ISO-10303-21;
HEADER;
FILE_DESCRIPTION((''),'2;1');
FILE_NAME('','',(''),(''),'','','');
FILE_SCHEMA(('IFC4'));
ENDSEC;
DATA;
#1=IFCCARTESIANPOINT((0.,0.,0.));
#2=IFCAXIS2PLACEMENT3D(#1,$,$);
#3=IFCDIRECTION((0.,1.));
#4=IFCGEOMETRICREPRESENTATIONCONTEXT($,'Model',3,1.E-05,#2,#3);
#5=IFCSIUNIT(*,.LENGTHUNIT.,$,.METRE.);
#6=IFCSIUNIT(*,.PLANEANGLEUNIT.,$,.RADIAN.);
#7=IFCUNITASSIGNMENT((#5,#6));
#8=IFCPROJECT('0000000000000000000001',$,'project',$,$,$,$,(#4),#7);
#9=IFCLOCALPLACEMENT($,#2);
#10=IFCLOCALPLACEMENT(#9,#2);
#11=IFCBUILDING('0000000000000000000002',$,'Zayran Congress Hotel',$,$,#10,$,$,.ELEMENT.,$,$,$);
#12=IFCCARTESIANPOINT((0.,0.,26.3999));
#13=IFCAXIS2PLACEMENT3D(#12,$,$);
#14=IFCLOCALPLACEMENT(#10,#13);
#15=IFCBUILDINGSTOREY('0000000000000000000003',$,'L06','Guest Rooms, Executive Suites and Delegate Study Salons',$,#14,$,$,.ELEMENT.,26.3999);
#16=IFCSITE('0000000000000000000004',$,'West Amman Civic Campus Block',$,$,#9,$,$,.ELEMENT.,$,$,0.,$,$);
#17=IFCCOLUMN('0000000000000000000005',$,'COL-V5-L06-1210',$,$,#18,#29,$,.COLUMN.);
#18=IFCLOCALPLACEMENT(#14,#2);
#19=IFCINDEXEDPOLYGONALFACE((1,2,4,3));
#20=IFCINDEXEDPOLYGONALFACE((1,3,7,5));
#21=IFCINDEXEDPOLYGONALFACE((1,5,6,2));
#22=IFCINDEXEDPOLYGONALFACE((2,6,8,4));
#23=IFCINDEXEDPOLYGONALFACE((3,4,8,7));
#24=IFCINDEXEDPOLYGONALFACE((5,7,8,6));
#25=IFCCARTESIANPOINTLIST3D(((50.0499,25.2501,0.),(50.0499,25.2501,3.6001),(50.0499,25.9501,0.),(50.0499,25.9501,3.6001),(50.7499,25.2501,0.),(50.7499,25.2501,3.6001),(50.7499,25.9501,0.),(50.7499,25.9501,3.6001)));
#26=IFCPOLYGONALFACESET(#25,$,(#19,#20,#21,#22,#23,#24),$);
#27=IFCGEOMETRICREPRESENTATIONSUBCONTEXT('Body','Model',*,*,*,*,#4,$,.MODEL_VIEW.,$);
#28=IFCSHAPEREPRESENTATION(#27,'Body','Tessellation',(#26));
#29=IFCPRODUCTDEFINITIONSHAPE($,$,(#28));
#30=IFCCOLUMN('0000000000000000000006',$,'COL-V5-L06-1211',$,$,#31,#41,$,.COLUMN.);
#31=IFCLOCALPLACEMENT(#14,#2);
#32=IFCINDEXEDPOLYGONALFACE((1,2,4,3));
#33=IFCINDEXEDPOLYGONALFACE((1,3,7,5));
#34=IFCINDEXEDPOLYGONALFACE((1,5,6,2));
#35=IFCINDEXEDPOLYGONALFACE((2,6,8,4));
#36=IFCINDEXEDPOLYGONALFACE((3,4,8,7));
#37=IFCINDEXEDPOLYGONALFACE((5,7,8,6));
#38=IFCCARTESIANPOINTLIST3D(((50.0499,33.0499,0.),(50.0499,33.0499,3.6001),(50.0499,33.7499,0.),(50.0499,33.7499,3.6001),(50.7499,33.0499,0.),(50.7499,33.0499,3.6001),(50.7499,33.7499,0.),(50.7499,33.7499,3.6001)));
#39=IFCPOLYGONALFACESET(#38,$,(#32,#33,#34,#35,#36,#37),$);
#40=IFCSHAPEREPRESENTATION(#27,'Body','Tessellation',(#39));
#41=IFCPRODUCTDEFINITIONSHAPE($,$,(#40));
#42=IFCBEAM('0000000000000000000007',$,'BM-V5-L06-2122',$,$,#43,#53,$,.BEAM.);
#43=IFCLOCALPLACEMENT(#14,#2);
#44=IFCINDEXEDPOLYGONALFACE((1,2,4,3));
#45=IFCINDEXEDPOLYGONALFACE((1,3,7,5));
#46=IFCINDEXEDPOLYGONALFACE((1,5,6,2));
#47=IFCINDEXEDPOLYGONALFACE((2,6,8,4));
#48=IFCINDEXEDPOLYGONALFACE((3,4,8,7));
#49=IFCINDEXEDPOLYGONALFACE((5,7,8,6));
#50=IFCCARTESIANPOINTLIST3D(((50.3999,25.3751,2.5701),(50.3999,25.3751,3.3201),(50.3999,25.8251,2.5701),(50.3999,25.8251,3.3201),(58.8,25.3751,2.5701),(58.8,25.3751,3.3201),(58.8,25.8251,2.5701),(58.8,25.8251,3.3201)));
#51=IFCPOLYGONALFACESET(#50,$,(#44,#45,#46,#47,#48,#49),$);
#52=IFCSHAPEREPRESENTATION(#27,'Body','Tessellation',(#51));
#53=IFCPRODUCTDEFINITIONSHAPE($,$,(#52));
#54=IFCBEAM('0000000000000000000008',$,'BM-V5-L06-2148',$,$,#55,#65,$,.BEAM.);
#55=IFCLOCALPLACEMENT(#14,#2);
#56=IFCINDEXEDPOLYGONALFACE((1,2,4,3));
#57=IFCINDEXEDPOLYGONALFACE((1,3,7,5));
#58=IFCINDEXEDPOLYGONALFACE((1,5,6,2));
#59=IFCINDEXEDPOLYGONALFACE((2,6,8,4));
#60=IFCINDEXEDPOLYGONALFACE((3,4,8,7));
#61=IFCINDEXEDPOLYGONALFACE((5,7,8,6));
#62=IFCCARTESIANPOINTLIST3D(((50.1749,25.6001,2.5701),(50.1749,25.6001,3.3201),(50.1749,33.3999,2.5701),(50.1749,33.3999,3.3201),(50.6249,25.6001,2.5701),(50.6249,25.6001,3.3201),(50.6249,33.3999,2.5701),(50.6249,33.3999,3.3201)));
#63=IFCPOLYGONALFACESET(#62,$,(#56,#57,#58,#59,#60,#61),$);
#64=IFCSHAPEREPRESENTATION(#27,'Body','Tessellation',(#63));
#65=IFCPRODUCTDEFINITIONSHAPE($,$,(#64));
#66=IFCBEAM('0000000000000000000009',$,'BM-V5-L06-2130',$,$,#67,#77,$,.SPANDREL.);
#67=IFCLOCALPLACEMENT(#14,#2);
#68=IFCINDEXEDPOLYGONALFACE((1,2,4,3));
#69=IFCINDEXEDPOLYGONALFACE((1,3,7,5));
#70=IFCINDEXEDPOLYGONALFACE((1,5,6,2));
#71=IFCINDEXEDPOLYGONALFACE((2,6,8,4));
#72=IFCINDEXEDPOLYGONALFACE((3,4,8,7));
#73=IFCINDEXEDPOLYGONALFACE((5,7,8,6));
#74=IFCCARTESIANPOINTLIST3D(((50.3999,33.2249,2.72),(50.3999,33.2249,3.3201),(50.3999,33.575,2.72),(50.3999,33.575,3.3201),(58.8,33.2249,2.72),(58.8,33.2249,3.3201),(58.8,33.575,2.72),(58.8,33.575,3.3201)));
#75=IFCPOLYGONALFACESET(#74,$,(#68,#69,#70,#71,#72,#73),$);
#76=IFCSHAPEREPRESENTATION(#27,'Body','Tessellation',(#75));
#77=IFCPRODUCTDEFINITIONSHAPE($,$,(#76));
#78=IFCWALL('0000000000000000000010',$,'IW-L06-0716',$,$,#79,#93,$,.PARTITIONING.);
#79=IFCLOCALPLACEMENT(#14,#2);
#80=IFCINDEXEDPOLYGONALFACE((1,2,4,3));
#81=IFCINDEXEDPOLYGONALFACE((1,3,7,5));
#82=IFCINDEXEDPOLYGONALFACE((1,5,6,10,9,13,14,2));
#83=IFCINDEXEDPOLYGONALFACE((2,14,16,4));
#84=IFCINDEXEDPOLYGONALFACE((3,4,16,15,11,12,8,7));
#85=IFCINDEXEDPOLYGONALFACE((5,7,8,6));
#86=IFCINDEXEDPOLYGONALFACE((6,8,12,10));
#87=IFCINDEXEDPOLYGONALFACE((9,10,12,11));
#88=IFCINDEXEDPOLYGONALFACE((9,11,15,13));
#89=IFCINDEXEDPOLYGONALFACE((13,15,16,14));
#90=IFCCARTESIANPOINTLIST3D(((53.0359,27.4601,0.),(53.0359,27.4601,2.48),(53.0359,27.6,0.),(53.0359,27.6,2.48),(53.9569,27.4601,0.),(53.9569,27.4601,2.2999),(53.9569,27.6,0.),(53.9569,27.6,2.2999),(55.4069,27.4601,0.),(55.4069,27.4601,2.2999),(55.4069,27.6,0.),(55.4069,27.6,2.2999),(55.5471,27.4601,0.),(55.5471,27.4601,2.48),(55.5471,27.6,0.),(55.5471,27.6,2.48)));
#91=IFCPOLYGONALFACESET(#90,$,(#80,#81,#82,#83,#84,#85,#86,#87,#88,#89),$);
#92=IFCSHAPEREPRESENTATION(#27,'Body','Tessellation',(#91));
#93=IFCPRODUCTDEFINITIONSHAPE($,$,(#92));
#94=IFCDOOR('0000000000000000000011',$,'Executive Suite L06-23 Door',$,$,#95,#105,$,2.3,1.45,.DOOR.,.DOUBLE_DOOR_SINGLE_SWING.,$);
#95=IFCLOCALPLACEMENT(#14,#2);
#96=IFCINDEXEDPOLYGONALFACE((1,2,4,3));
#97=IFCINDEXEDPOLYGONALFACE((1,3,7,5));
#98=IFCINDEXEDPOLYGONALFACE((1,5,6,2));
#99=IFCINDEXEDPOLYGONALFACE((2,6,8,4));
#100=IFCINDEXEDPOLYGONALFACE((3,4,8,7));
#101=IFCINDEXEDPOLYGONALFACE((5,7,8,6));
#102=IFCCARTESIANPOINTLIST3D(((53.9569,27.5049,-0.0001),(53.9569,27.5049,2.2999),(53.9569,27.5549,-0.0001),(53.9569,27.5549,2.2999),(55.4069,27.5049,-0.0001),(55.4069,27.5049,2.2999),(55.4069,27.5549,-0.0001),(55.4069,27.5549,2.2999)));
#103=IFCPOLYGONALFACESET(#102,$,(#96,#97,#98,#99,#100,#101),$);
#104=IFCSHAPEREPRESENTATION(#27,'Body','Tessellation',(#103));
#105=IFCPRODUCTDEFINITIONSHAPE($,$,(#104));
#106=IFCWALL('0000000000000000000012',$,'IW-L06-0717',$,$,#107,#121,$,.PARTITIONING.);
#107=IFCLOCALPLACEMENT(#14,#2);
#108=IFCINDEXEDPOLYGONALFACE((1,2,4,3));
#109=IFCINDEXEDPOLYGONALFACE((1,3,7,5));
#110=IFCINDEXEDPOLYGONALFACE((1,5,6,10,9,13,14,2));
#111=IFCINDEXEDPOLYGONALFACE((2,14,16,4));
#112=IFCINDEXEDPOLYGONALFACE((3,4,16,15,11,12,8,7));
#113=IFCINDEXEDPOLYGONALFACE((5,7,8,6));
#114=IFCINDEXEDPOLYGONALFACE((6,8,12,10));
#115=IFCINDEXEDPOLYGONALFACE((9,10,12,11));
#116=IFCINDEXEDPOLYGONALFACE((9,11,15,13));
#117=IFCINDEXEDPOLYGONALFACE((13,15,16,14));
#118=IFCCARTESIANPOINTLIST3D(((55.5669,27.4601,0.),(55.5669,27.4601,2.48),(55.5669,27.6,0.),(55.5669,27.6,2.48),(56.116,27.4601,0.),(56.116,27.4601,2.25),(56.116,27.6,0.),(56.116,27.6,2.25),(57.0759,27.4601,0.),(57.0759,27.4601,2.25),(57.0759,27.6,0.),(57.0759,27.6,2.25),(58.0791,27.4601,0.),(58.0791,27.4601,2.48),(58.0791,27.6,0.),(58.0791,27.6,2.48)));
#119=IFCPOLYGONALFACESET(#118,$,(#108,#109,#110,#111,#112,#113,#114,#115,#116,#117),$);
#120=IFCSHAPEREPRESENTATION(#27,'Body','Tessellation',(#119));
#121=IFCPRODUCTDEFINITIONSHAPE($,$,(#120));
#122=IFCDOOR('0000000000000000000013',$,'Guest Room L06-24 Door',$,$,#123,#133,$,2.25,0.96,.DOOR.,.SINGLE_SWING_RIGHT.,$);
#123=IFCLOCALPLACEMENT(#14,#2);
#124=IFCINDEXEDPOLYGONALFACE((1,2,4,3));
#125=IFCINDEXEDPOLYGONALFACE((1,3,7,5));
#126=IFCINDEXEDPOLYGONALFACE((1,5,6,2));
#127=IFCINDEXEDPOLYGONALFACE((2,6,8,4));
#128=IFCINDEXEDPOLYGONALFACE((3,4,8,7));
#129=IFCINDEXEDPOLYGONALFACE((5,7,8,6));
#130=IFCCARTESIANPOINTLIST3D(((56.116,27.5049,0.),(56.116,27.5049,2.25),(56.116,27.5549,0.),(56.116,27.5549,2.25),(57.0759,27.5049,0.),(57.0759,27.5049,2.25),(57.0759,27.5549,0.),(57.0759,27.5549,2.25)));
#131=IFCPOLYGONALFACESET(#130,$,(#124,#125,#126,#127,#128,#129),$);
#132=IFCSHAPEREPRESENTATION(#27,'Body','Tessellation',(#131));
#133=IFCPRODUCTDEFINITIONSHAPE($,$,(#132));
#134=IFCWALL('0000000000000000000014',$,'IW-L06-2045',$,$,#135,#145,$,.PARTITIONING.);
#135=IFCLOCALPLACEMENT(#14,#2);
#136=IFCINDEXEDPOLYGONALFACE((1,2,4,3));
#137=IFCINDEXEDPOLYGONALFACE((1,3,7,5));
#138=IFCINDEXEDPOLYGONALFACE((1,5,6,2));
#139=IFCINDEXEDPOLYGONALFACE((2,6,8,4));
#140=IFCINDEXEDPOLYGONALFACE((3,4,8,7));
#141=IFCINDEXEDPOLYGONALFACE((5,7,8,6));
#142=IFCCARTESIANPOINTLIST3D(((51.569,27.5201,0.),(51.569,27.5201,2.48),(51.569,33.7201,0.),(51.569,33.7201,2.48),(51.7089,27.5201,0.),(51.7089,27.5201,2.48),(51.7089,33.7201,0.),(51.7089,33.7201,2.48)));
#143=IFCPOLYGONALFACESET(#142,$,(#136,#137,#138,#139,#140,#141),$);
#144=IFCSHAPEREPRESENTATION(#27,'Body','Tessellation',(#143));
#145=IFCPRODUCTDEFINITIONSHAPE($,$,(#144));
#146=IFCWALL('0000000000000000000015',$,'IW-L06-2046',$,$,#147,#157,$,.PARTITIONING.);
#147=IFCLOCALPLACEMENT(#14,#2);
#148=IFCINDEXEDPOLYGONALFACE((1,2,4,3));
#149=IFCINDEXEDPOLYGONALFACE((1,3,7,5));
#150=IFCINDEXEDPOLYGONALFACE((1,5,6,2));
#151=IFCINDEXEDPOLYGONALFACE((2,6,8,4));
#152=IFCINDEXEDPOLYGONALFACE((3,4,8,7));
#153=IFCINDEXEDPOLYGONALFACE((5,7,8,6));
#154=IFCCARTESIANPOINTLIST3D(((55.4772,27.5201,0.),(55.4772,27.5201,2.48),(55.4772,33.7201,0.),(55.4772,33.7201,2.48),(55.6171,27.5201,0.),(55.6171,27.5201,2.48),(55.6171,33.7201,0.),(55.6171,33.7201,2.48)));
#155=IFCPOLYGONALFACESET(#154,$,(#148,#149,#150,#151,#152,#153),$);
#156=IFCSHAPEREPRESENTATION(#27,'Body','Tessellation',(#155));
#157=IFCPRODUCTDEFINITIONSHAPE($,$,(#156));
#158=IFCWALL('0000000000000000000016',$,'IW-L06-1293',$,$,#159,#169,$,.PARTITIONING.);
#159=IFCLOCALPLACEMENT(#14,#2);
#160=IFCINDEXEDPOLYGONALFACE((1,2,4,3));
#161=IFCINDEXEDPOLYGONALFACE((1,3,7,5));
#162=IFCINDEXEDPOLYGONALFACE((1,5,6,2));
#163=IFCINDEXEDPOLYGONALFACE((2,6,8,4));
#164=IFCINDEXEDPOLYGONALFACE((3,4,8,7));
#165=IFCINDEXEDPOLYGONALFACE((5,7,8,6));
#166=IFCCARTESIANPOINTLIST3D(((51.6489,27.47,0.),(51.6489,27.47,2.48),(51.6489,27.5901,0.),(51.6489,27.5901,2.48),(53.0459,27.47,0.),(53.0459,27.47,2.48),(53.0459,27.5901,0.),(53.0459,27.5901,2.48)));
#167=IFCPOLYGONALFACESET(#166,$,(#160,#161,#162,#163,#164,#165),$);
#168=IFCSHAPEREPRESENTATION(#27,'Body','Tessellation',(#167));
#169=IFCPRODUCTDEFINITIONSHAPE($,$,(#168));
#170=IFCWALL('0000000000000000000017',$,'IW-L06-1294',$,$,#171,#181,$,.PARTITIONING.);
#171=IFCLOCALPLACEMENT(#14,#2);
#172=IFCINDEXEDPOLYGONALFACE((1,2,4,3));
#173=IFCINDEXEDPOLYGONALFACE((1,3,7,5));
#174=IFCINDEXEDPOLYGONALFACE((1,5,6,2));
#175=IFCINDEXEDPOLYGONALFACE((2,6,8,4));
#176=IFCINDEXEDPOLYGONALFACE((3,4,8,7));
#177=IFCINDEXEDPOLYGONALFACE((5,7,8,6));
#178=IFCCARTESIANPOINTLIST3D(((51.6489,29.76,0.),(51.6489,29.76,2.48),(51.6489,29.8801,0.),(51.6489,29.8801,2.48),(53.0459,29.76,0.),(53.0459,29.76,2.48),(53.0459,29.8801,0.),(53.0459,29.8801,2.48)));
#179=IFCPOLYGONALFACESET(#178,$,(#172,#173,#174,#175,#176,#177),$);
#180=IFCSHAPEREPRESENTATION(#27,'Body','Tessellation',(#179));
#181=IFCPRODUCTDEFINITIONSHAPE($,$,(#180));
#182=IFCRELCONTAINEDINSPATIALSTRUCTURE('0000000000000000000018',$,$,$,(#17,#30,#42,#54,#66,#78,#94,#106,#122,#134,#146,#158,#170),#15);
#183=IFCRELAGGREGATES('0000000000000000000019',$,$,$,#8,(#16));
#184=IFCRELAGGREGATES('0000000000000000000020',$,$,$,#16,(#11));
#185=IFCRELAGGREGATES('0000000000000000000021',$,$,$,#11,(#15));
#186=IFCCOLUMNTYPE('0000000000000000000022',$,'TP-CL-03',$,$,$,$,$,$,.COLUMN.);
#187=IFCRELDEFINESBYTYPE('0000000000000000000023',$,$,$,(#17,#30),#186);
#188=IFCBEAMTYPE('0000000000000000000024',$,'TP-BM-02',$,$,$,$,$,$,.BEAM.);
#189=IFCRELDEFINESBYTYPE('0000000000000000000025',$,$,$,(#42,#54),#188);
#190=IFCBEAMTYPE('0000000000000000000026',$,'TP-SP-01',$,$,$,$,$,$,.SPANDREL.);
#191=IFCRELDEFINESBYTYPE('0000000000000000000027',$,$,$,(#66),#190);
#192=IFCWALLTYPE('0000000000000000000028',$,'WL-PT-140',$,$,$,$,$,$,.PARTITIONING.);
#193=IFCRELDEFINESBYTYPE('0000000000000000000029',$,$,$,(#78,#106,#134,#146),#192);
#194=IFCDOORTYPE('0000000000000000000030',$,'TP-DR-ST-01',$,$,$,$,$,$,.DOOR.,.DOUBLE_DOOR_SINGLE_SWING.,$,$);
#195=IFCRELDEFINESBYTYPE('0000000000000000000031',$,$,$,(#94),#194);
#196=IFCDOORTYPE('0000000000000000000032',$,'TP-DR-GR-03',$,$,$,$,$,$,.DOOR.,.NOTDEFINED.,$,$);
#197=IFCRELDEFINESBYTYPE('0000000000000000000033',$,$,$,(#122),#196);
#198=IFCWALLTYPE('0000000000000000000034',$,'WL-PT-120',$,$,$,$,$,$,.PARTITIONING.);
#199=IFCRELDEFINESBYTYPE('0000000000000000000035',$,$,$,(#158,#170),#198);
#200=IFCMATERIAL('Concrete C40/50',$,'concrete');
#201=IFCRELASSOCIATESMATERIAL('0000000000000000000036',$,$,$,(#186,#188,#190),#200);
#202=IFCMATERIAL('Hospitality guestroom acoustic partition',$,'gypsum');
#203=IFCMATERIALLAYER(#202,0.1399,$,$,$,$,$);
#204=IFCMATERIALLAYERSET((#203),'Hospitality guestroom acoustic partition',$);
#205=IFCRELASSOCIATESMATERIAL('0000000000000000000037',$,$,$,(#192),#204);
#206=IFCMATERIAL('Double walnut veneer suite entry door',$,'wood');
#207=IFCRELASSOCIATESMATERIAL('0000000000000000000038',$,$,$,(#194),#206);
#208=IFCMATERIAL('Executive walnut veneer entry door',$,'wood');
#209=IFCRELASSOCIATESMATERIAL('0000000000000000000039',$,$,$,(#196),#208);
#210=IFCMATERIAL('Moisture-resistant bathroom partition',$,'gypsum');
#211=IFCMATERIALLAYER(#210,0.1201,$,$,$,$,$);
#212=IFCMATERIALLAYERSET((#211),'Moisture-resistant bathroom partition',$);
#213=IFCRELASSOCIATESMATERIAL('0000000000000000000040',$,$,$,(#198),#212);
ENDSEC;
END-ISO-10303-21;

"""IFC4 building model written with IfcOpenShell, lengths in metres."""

from ifc_helpers import new_model, si_unit, direction, frame, frame_2d, origin, origin_2d, place, context, subcontext, project, spatial, rectangle, extrude, material, layer, layer_set, material_profile, profile_set, type_object, element, fill, save


model = new_model("IFC4")

# Units and contexts
model_context = context("Model", 3, precision=1e-05, world=origin(), true_north=direction((0.0, 1.0)))
body_context = subcontext(model_context, "Body", "Model", "MODEL_VIEW")
ifc_project = project(units=[si_unit("LENGTHUNIT", "METRE"), si_unit("PLANEANGLEUNIT", "RADIAN")], contexts=[model_context])

# Site, building, storey
site_placement = place(None, origin())
site = spatial("IfcSite", under=ifc_project, at=site_placement, Name="West Amman Civic Campus Block", CompositionType="ELEMENT", RefElevation=0.0)
building_placement = place(site_placement, origin())
building = spatial("IfcBuilding", under=site, at=building_placement, Name="Zayran Congress Hotel", CompositionType="ELEMENT")
storey_placement = place(building_placement, frame((0.0, 0.0, 26.3999)))
storey = spatial("IfcBuildingStorey", under=building, at=storey_placement, Name="L06", Description="Guest Rooms, Executive Suites and Delegate Study Salons", CompositionType="ELEMENT", Elevation=26.3999)

# Columns
ifc_material_1 = material(Name="Concrete C40/50", Category="concrete")
ifc_material_profile_1 = material_profile(ifc_material_1, rectangle(XDim=0.7, YDim=0.7, at=origin_2d()), Name="RC 700x700")
ifc_profile_set_1 = profile_set([ifc_material_profile_1], Name="Concrete C40/50")
column_type = type_object("IfcColumnType", Name="TP-CL-03", PredefinedType="COLUMN", material=ifc_profile_set_1)
for number, where, z_axis, x_axis, name in (
    (1, (50.3999, 25.6001, 0.0), (0.0, 0.0, 1.0), (1.0, 0.0, 0.0), "COL-V5-L06-1210"),
    (2, (50.3999, 33.3999, 0.0), (0.0, 0.0, 1.0), (1.0, 0.0, 0.0), "COL-V5-L06-1211"),
):
    element("IfcColumn", number, at=place(storey_placement, frame(where, z_axis=z_axis, x_axis=x_axis)), inside=storey, type_object=column_type, Name=name, PredefinedType="COLUMN", context=body_context, shape_type="SweptSolid", body=[
        extrude(rectangle(XDim=0.7, YDim=0.7, at=origin_2d()), origin(), (0.0, 0.0, 1.0), 3.6001),
    ])

# Beams
ifc_material_profile_2 = material_profile(ifc_material_1, rectangle(XDim=0.45, YDim=0.75, at=origin_2d()), Name="RC 450x750")
ifc_profile_set_2 = profile_set([ifc_material_profile_2], Name="Concrete C40/50")
beam_type_1 = type_object("IfcBeamType", Name="TP-BM-02", PredefinedType="BEAM", material=ifc_profile_set_2)
beam_1_placement = place(storey_placement, frame((50.3999, 25.6001, 2.9451), z_axis=(1.0, 0.0, 0.0), x_axis=(0.0, 1.0, 0.0)))
element("IfcBeam", 3, at=beam_1_placement, inside=storey, type_object=beam_type_1, Name="BM-V5-L06-2122", PredefinedType="BEAM", context=body_context, shape_type="SweptSolid", body=[
    extrude(rectangle(XDim=0.45, YDim=0.75, at=origin_2d()), origin(), (0.0, 0.0, 1.0), 8.4001),
])
beam_2_placement = place(storey_placement, frame((50.3999, 25.6001, 2.9451), z_axis=(0.0, 1.0, 0.0), x_axis=(-1.0, 0.0, 0.0)))
element("IfcBeam", 4, at=beam_2_placement, inside=storey, type_object=beam_type_1, Name="BM-V5-L06-2148", PredefinedType="BEAM", context=body_context, shape_type="SweptSolid", body=[
    extrude(rectangle(XDim=0.45, YDim=0.75, at=origin_2d()), origin(), (0.0, 0.0, 1.0), 7.7998),
])
ifc_material_profile_3 = material_profile(ifc_material_1, rectangle(XDim=0.3501, YDim=0.6001, at=origin_2d()), Name="RC 350x600")
ifc_profile_set_3 = profile_set([ifc_material_profile_3], Name="Concrete C40/50")
beam_type_2 = type_object("IfcBeamType", Name="TP-SP-01", PredefinedType="SPANDREL", material=ifc_profile_set_3)
beam_3_placement = place(storey_placement, frame((50.3999, 33.3999, 3.02), z_axis=(1.0, 0.0, 0.0), x_axis=(0.0, 1.0, 0.0)))
element("IfcBeam", 5, at=beam_3_placement, inside=storey, type_object=beam_type_2, Name="BM-V5-L06-2130", PredefinedType="SPANDREL", context=body_context, shape_type="SweptSolid", body=[
    extrude(rectangle(XDim=0.3501, YDim=0.6001, at=origin_2d()), origin(), (0.0, 0.0, 1.0), 8.4001),
])

# Walls, openings, doors
ifc_material_2 = material(Name="Hospitality guestroom acoustic partition", Category="gypsum")
ifc_layer_1 = layer(ifc_material_2, 0.1399)
ifc_layer_set_1 = layer_set([ifc_layer_1], Name="Hospitality guestroom acoustic partition")
wall_type_1 = type_object("IfcWallType", Name="WL-PT-140", PredefinedType="PARTITIONING", material=ifc_layer_set_1)
wall_1_placement = place(storey_placement, frame((53.0359, 27.53, 0.0), z_axis=(0.0, 0.0, 1.0), x_axis=(1.0, 0.0, 0.0)))
wall_1 = element("IfcWall", 6, at=wall_1_placement, inside=storey, type_object=wall_type_1, Name="IW-L06-0716", PredefinedType="PARTITIONING", context=body_context, shape_type="SweptSolid", body=[
    extrude(rectangle(XDim=2.5112, YDim=0.1399, at=frame_2d((1.2556, 0.0))), origin(), (0.0, 0.0, 1.0), 2.48),
])
opening_1_placement = place(wall_1_placement, frame((0.9209, 0.0, 0.0)))
opening_1 = element("IfcOpeningElement", 7, at=opening_1_placement, cuts=wall_1, PredefinedType="OPENING", context=body_context, shape_type="SweptSolid", body=[
    extrude(rectangle(XDim=1.45, YDim=2.3, at=frame_2d((0.7251, 1.1499))), frame((0.0, 0.0798, 0.0), z_axis=(0.0, -1.0, 0.0), x_axis=(1.0, 0.0, 0.0)), (0.0, 0.0, 1.0), 0.1599),
])
ifc_material_3 = material(Name="Double walnut veneer suite entry door", Category="wood")
door_type_1 = type_object("IfcDoorType", Name="TP-DR-ST-01", OperationType="DOUBLE_DOOR_SINGLE_SWING", PredefinedType="DOOR", material=ifc_material_3)
door_1_placement = place(opening_1_placement, origin())
door_1 = element("IfcDoor", 8, at=door_1_placement, inside=storey, type_object=door_type_1, Name="Executive Suite L06-23 Door", OperationType="DOUBLE_DOOR_SINGLE_SWING", OverallHeight=2.3, OverallWidth=1.45, PredefinedType="DOOR", context=body_context, shape_type="SweptSolid", body=[
    extrude(rectangle(XDim=1.45, YDim=2.3, at=frame_2d((0.7251, 1.1499))), frame((0.0, 0.0249, 0.0), z_axis=(0.0, -1.0, 0.0), x_axis=(1.0, 0.0, 0.0)), (0.0, 0.0, 1.0), 0.05),
])
fill(opening_1, door_1)
wall_2_placement = place(storey_placement, frame((55.5669, 27.53, 0.0), z_axis=(0.0, 0.0, 1.0), x_axis=(1.0, 0.0, 0.0)))
wall_2 = element("IfcWall", 9, at=wall_2_placement, inside=storey, type_object=wall_type_1, Name="IW-L06-0717", PredefinedType="PARTITIONING", context=body_context, shape_type="SweptSolid", body=[
    extrude(rectangle(XDim=2.5122, YDim=0.1399, at=frame_2d((1.2561, 0.0))), origin(), (0.0, 0.0, 1.0), 2.48),
])
opening_2_placement = place(wall_2_placement, frame((0.5491, 0.0, 0.0)))
opening_2 = element("IfcOpeningElement", 10, at=opening_2_placement, cuts=wall_2, PredefinedType="OPENING", context=body_context, shape_type="SweptSolid", body=[
    extrude(rectangle(XDim=0.96, YDim=2.25, at=frame_2d((0.48, 1.125))), frame((0.0, 0.0798, 0.0), z_axis=(0.0, -1.0, 0.0), x_axis=(1.0, 0.0, 0.0)), (0.0, 0.0, 1.0), 0.1599),
])
ifc_material_4 = material(Name="Executive walnut veneer entry door", Category="wood")
door_type_2 = type_object("IfcDoorType", Name="TP-DR-GR-03", OperationType="NOTDEFINED", PredefinedType="DOOR", material=ifc_material_4)
door_2_placement = place(opening_2_placement, origin())
door_2 = element("IfcDoor", 11, at=door_2_placement, inside=storey, type_object=door_type_2, Name="Guest Room L06-24 Door", OperationType="SINGLE_SWING_RIGHT", OverallHeight=2.25, OverallWidth=0.96, PredefinedType="DOOR", context=body_context, shape_type="SweptSolid", body=[
    extrude(rectangle(XDim=0.96, YDim=2.25, at=frame_2d((0.48, 1.125))), frame((0.0, 0.0249, 0.0), z_axis=(0.0, -1.0, 0.0), x_axis=(1.0, 0.0, 0.0)), (0.0, 0.0, 1.0), 0.05),
])
fill(opening_2, door_2)

# Walls
for number, where, z_axis, x_axis, name in (
    (12, (51.6389, 27.52, 0.0), (0.0, 0.0, 1.0), (0.0, 1.0, 0.0), "IW-L06-2045"),
    (13, (55.5471, 27.52, 0.0), (0.0, 0.0, 1.0), (0.0, 1.0, 0.0), "IW-L06-2046"),
):
    element("IfcWall", number, at=place(storey_placement, frame(where, z_axis=z_axis, x_axis=x_axis)), inside=storey, type_object=wall_type_1, Name=name, PredefinedType="PARTITIONING", context=body_context, shape_type="SweptSolid", body=[
        extrude(rectangle(XDim=6.2, YDim=0.1399, at=frame_2d((3.1001, 0.0))), origin(), (0.0, 0.0, 1.0), 2.48),
    ])

# Shared definitions
ifc_material_5 = material(Name="Moisture-resistant bathroom partition", Category="gypsum")
ifc_layer_2 = layer(ifc_material_5, 0.1201)
ifc_layer_set_2 = layer_set([ifc_layer_2], Name="Moisture-resistant bathroom partition")
wall_type_2 = type_object("IfcWallType", Name="WL-PT-120", PredefinedType="PARTITIONING", material=ifc_layer_set_2)

# Walls
for number, where, z_axis, x_axis, name in (
    (14, (51.6489, 27.53, 0.0), (0.0, 0.0, 1.0), (1.0, 0.0, 0.0), "IW-L06-1293"),
    (15, (51.6489, 29.8201, 0.0), (0.0, 0.0, 1.0), (1.0, 0.0, 0.0), "IW-L06-1294"),
):
    element("IfcWall", number, at=place(storey_placement, frame(where, z_axis=z_axis, x_axis=x_axis)), inside=storey, type_object=wall_type_2, Name=name, PredefinedType="PARTITIONING", context=body_context, shape_type="SweptSolid", body=[
        extrude(rectangle(XDim=1.397, YDim=0.1201, at=frame_2d((0.6985, 0.0))), origin(), (0.0, 0.0, 1.0), 2.48),
    ])

save(model, "model.ifc")
